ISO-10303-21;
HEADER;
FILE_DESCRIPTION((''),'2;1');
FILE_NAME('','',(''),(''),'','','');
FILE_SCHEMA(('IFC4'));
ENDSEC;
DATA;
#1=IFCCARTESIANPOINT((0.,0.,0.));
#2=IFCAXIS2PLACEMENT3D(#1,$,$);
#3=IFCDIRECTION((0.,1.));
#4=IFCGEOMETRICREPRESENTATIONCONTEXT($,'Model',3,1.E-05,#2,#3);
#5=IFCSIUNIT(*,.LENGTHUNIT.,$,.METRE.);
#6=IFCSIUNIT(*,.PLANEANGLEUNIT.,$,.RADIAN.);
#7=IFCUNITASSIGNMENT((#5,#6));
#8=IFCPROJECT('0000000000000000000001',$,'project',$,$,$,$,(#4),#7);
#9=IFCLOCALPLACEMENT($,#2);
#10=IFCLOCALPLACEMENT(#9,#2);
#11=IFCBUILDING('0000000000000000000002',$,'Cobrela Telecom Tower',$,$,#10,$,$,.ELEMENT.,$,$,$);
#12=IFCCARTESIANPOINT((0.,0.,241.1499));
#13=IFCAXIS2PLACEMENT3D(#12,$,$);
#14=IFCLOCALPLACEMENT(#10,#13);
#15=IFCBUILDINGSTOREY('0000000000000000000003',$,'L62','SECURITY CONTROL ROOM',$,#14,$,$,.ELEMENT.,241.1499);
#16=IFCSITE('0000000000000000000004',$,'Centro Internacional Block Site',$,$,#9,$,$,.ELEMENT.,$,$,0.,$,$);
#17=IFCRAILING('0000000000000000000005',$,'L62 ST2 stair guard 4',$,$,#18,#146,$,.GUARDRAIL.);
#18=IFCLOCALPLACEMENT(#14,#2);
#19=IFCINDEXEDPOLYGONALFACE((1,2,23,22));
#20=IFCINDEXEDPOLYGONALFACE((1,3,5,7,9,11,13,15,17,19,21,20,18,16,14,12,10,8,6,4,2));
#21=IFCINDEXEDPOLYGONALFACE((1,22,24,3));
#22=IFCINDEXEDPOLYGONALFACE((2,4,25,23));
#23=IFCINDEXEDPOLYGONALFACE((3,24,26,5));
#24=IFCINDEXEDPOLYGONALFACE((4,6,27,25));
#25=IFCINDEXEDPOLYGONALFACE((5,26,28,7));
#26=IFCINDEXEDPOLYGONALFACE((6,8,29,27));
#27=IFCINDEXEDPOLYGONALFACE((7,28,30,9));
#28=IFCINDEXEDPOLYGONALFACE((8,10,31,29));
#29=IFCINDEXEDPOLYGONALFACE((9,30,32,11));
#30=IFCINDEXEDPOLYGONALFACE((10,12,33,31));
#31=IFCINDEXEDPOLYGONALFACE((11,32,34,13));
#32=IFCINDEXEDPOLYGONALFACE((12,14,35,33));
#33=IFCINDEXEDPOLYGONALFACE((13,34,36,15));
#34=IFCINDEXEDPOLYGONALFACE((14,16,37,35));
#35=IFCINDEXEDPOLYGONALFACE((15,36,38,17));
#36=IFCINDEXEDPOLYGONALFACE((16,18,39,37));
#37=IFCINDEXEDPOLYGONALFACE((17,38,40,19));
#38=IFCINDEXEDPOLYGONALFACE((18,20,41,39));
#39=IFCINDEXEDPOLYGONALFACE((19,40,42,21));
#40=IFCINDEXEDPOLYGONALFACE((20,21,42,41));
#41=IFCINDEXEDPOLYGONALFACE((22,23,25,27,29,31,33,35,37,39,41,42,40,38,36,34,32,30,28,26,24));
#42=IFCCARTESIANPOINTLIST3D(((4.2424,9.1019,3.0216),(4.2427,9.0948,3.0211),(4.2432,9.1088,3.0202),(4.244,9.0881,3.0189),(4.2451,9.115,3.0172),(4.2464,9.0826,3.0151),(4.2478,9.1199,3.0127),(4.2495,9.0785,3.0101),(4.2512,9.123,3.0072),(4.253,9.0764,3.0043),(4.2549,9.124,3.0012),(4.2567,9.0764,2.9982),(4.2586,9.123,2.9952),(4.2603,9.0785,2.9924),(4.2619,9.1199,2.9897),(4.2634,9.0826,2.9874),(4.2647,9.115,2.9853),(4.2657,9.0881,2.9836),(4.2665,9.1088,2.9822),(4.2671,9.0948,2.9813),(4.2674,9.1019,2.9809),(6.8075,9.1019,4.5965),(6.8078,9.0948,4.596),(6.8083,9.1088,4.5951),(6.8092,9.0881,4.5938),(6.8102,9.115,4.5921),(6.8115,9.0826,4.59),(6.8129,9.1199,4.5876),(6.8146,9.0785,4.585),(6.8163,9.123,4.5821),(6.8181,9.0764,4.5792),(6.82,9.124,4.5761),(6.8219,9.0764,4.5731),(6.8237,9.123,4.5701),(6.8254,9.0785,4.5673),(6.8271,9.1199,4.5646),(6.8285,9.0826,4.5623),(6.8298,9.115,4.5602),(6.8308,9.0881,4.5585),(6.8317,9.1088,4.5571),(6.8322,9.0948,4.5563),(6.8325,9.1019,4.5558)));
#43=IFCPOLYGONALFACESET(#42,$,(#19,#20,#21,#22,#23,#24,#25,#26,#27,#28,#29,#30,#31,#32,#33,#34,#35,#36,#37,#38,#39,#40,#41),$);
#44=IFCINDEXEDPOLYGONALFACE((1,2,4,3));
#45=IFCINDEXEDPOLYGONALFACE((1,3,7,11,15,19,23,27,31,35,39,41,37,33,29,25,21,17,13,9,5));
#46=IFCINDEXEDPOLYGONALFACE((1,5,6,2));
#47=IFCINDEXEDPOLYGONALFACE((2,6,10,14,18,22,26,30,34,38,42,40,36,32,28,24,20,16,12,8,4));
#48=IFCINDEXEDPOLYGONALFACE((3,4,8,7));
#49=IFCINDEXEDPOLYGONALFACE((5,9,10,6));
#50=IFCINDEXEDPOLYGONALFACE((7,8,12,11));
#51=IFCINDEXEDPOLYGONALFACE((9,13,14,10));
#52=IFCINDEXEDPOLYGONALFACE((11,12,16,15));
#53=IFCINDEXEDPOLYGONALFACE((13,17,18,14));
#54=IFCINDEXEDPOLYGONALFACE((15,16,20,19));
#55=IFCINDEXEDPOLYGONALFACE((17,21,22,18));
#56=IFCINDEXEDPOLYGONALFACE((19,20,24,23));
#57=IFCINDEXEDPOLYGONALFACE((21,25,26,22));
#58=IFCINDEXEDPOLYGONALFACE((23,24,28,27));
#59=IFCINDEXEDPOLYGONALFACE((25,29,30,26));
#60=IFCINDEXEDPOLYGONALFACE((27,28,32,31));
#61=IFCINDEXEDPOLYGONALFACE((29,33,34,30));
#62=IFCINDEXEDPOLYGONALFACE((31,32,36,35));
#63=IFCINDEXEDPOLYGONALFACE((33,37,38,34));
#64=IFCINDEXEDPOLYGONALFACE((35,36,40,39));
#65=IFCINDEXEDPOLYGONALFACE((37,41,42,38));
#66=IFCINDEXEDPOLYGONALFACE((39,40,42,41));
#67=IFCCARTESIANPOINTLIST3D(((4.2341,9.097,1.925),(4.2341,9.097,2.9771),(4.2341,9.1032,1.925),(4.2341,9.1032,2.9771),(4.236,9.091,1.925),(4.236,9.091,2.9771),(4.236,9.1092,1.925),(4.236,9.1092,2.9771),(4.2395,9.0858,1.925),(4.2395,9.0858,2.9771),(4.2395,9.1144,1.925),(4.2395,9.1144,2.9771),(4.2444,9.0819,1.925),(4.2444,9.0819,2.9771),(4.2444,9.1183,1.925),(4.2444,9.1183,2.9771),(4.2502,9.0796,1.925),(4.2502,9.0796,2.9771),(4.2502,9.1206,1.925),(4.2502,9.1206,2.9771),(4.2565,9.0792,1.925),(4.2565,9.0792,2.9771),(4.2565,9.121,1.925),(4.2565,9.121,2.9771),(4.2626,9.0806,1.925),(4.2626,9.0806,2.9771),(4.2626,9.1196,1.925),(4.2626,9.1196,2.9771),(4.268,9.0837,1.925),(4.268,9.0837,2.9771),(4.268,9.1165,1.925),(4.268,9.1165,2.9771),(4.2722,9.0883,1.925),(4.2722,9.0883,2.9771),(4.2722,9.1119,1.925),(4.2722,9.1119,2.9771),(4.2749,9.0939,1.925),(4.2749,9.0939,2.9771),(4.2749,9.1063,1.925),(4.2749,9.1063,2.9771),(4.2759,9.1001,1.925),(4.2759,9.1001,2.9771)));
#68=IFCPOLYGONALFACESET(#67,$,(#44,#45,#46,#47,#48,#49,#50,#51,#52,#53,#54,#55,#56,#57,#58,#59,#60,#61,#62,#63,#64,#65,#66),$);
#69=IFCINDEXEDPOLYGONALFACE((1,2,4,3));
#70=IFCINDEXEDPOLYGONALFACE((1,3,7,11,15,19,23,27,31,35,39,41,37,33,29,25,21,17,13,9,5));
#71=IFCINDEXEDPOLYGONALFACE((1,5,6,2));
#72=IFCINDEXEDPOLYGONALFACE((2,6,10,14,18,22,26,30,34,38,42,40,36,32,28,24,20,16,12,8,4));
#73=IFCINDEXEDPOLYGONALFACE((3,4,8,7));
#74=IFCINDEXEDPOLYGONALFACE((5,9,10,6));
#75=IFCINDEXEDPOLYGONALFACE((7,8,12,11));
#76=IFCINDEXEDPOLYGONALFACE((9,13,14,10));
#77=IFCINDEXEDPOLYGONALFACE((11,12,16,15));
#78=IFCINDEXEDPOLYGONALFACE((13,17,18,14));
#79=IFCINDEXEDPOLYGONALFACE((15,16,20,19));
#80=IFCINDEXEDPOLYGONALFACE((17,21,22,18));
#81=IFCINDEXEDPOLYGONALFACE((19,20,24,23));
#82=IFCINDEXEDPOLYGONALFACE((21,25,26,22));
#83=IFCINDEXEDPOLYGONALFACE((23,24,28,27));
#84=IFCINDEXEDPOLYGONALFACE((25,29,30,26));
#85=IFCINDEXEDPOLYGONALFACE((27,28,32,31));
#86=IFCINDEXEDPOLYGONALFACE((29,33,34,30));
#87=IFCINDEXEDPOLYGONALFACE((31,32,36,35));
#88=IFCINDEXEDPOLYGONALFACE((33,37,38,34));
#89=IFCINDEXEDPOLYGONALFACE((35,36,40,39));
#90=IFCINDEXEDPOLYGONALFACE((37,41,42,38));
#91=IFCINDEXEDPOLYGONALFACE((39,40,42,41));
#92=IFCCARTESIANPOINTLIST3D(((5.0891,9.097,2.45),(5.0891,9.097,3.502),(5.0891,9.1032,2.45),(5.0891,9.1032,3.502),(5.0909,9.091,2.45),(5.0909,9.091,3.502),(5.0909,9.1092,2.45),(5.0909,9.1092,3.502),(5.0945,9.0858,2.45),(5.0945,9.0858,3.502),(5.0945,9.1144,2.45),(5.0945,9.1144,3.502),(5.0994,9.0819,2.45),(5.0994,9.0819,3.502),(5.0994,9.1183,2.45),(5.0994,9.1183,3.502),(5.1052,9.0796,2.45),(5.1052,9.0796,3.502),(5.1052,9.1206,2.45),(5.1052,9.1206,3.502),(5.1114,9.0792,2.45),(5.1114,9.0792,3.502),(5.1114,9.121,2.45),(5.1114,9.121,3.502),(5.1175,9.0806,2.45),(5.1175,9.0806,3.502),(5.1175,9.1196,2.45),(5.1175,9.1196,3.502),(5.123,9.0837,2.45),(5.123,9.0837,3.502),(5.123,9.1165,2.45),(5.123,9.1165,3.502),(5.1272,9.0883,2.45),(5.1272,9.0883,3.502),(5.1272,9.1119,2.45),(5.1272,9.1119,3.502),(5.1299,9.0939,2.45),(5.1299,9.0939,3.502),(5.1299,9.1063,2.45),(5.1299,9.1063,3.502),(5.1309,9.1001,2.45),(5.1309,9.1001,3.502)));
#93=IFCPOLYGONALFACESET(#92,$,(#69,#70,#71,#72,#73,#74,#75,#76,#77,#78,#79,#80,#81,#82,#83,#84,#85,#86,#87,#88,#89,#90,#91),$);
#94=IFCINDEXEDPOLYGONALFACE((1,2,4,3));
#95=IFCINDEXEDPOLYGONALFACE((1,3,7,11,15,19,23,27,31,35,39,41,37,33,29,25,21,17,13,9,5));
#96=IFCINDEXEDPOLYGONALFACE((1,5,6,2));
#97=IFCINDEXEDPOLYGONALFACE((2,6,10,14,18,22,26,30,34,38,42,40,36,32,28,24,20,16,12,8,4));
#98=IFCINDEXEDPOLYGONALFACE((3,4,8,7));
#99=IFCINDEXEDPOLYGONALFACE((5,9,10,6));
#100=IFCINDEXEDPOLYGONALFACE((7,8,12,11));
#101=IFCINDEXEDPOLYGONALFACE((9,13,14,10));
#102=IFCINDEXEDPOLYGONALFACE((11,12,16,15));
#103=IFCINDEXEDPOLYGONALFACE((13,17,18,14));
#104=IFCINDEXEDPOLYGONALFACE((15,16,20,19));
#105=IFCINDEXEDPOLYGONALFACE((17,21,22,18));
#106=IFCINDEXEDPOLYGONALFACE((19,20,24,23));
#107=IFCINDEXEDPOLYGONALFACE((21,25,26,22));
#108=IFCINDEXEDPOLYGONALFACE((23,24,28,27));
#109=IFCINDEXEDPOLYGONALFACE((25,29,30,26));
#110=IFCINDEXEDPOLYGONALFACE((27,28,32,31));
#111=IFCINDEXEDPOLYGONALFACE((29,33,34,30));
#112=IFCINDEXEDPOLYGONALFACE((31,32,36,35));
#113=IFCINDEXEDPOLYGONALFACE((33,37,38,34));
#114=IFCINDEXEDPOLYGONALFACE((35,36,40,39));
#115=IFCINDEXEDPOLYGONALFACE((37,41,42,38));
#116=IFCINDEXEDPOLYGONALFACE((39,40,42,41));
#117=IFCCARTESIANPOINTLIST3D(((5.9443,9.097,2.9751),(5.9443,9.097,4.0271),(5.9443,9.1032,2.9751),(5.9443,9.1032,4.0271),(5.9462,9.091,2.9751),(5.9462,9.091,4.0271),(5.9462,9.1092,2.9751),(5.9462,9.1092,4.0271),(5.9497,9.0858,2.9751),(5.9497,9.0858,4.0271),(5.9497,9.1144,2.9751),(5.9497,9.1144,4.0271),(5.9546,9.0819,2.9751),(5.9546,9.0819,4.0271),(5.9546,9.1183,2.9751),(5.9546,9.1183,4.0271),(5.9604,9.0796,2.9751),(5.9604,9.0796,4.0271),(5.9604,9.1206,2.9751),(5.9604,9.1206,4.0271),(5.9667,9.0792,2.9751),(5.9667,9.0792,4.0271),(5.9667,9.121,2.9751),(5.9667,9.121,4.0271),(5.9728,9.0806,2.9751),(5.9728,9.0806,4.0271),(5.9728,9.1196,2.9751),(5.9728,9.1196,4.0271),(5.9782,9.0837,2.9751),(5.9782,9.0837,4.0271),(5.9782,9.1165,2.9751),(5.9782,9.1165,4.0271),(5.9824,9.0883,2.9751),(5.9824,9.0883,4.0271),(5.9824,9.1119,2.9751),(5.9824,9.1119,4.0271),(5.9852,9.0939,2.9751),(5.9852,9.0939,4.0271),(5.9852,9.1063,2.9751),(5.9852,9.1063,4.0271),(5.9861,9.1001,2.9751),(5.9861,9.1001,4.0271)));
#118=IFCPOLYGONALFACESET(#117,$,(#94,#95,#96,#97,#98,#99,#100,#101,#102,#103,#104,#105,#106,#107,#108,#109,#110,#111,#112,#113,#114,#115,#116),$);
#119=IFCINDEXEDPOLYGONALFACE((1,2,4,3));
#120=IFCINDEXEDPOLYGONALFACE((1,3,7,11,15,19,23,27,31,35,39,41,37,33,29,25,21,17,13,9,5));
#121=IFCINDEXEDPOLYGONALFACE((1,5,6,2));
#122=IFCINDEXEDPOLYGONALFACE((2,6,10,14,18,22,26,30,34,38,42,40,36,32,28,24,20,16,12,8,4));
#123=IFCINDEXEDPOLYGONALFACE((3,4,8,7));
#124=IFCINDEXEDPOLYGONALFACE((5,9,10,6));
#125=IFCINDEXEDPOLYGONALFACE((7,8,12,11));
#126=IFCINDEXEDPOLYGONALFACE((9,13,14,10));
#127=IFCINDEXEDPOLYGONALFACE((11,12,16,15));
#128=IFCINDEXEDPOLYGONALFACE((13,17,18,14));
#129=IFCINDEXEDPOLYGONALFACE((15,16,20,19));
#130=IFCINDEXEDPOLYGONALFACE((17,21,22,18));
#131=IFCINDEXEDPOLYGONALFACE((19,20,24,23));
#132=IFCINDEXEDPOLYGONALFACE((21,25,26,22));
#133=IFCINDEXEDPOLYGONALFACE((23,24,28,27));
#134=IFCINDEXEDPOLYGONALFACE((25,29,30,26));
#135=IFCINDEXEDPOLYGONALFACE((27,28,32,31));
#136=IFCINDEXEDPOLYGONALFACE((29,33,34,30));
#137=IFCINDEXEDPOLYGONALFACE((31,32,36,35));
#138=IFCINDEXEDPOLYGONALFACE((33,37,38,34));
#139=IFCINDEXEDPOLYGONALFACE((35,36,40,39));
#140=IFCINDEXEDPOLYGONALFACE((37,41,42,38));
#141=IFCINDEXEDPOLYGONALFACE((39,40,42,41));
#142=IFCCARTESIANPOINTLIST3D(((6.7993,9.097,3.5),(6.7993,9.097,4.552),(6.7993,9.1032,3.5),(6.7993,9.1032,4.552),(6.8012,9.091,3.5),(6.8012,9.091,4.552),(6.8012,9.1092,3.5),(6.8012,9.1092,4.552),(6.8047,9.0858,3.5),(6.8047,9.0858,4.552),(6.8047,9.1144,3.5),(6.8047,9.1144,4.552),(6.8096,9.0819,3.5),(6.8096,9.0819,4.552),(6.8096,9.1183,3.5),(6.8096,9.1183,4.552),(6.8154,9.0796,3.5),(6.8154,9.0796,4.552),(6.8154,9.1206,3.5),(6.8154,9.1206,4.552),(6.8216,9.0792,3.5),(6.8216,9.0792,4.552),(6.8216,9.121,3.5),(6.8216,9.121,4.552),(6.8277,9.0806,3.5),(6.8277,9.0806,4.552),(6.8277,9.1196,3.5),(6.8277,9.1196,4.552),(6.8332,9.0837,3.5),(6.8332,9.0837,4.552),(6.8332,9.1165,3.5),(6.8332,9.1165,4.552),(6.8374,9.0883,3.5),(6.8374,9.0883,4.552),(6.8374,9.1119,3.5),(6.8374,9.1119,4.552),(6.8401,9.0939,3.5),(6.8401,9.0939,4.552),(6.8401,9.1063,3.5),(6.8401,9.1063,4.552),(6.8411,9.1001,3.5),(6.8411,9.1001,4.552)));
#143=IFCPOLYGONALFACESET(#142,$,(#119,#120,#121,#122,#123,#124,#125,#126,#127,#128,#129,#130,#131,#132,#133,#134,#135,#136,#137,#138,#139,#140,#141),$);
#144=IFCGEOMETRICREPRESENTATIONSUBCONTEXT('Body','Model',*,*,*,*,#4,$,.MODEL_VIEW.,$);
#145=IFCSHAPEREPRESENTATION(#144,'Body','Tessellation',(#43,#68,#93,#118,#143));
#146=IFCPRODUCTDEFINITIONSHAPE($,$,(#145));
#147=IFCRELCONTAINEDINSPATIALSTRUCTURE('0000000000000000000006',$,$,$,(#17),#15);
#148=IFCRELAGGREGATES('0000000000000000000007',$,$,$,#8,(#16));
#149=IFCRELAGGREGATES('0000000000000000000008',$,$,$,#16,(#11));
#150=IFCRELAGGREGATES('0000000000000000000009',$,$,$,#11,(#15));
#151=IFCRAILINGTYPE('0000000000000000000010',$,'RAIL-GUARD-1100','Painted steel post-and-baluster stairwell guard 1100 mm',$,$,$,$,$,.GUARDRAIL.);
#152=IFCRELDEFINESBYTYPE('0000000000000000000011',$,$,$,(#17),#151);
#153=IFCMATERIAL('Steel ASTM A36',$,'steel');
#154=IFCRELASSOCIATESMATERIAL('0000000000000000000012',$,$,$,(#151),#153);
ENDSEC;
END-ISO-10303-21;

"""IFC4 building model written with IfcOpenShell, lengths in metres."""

from ifc_helpers import new_model, si_unit, direction, frame, origin, origin_2d, place, context, subcontext, project, spatial, circle, extrude, material, type_object, element, save


model = new_model("IFC4")

# Units and contexts
model_context = context("Model", 3, precision=1e-05, world=origin(), true_north=direction((0.0, 1.0)))
body_context = subcontext(model_context, "Body", "Model", "MODEL_VIEW")
ifc_project = project(units=[si_unit("LENGTHUNIT", "METRE"), si_unit("PLANEANGLEUNIT", "RADIAN")], contexts=[model_context])

# Site, building, storey
site_placement = place(None, origin())
site = spatial("IfcSite", under=ifc_project, at=site_placement, Name="Centro Internacional Block Site", CompositionType="ELEMENT", RefElevation=0.0)
building_placement = place(site_placement, origin())
building = spatial("IfcBuilding", under=site, at=building_placement, Name="Cobrela Telecom Tower", CompositionType="ELEMENT")
storey_placement = place(building_placement, frame((0.0, 0.0, 241.1499)))
storey = spatial("IfcBuildingStorey", under=building, at=storey_placement, Name="L62", Description="SECURITY CONTROL ROOM", CompositionType="ELEMENT", Elevation=241.1499)

# Shared definitions
ifc_material_1 = material(Name="Steel ASTM A36", Category="steel")

# Railing
railing_type_1 = type_object("IfcRailingType", Name="RAIL-GUARD-1100", Description="Painted steel post-and-baluster stairwell guard 1100 mm", PredefinedType="GUARDRAIL", material=ifc_material_1)
railing_1_placement = place(storey_placement, frame((4.2549, 9.1001, 1.925)))
element("IfcRailing", 1, at=railing_1_placement, inside=storey, type_object=railing_type_1, Name="L62 ST2 stair guard 4", PredefinedType="GUARDRAIL", context=body_context, shape_type="SweptSolid", body=[
    extrude(circle(Radius=0.0239, at=origin_2d()), frame((0.0, 0.0, 1.0762), z_axis=(0.852195, 0.0, 0.523224), x_axis=(0.0, 1.0, 0.0)), (0.0, 0.0, 1.0), 3.01),
    extrude(circle(Radius=0.021, at=origin_2d()), origin(), (0.0, 0.0, 1.0), 1.052),
    extrude(circle(Radius=0.021, at=origin_2d()), frame((0.855, 0.0, 0.5249)), (0.0, 0.0, 1.0), 1.052),
    extrude(circle(Radius=0.021, at=origin_2d()), frame((1.7102, 0.0, 1.05)), (0.0, 0.0, 1.0), 1.052),
    extrude(circle(Radius=0.021, at=origin_2d()), frame((2.5652, 0.0, 1.575)), (0.0, 0.0, 1.0), 1.052),
])

save(model, "model.ifc")
